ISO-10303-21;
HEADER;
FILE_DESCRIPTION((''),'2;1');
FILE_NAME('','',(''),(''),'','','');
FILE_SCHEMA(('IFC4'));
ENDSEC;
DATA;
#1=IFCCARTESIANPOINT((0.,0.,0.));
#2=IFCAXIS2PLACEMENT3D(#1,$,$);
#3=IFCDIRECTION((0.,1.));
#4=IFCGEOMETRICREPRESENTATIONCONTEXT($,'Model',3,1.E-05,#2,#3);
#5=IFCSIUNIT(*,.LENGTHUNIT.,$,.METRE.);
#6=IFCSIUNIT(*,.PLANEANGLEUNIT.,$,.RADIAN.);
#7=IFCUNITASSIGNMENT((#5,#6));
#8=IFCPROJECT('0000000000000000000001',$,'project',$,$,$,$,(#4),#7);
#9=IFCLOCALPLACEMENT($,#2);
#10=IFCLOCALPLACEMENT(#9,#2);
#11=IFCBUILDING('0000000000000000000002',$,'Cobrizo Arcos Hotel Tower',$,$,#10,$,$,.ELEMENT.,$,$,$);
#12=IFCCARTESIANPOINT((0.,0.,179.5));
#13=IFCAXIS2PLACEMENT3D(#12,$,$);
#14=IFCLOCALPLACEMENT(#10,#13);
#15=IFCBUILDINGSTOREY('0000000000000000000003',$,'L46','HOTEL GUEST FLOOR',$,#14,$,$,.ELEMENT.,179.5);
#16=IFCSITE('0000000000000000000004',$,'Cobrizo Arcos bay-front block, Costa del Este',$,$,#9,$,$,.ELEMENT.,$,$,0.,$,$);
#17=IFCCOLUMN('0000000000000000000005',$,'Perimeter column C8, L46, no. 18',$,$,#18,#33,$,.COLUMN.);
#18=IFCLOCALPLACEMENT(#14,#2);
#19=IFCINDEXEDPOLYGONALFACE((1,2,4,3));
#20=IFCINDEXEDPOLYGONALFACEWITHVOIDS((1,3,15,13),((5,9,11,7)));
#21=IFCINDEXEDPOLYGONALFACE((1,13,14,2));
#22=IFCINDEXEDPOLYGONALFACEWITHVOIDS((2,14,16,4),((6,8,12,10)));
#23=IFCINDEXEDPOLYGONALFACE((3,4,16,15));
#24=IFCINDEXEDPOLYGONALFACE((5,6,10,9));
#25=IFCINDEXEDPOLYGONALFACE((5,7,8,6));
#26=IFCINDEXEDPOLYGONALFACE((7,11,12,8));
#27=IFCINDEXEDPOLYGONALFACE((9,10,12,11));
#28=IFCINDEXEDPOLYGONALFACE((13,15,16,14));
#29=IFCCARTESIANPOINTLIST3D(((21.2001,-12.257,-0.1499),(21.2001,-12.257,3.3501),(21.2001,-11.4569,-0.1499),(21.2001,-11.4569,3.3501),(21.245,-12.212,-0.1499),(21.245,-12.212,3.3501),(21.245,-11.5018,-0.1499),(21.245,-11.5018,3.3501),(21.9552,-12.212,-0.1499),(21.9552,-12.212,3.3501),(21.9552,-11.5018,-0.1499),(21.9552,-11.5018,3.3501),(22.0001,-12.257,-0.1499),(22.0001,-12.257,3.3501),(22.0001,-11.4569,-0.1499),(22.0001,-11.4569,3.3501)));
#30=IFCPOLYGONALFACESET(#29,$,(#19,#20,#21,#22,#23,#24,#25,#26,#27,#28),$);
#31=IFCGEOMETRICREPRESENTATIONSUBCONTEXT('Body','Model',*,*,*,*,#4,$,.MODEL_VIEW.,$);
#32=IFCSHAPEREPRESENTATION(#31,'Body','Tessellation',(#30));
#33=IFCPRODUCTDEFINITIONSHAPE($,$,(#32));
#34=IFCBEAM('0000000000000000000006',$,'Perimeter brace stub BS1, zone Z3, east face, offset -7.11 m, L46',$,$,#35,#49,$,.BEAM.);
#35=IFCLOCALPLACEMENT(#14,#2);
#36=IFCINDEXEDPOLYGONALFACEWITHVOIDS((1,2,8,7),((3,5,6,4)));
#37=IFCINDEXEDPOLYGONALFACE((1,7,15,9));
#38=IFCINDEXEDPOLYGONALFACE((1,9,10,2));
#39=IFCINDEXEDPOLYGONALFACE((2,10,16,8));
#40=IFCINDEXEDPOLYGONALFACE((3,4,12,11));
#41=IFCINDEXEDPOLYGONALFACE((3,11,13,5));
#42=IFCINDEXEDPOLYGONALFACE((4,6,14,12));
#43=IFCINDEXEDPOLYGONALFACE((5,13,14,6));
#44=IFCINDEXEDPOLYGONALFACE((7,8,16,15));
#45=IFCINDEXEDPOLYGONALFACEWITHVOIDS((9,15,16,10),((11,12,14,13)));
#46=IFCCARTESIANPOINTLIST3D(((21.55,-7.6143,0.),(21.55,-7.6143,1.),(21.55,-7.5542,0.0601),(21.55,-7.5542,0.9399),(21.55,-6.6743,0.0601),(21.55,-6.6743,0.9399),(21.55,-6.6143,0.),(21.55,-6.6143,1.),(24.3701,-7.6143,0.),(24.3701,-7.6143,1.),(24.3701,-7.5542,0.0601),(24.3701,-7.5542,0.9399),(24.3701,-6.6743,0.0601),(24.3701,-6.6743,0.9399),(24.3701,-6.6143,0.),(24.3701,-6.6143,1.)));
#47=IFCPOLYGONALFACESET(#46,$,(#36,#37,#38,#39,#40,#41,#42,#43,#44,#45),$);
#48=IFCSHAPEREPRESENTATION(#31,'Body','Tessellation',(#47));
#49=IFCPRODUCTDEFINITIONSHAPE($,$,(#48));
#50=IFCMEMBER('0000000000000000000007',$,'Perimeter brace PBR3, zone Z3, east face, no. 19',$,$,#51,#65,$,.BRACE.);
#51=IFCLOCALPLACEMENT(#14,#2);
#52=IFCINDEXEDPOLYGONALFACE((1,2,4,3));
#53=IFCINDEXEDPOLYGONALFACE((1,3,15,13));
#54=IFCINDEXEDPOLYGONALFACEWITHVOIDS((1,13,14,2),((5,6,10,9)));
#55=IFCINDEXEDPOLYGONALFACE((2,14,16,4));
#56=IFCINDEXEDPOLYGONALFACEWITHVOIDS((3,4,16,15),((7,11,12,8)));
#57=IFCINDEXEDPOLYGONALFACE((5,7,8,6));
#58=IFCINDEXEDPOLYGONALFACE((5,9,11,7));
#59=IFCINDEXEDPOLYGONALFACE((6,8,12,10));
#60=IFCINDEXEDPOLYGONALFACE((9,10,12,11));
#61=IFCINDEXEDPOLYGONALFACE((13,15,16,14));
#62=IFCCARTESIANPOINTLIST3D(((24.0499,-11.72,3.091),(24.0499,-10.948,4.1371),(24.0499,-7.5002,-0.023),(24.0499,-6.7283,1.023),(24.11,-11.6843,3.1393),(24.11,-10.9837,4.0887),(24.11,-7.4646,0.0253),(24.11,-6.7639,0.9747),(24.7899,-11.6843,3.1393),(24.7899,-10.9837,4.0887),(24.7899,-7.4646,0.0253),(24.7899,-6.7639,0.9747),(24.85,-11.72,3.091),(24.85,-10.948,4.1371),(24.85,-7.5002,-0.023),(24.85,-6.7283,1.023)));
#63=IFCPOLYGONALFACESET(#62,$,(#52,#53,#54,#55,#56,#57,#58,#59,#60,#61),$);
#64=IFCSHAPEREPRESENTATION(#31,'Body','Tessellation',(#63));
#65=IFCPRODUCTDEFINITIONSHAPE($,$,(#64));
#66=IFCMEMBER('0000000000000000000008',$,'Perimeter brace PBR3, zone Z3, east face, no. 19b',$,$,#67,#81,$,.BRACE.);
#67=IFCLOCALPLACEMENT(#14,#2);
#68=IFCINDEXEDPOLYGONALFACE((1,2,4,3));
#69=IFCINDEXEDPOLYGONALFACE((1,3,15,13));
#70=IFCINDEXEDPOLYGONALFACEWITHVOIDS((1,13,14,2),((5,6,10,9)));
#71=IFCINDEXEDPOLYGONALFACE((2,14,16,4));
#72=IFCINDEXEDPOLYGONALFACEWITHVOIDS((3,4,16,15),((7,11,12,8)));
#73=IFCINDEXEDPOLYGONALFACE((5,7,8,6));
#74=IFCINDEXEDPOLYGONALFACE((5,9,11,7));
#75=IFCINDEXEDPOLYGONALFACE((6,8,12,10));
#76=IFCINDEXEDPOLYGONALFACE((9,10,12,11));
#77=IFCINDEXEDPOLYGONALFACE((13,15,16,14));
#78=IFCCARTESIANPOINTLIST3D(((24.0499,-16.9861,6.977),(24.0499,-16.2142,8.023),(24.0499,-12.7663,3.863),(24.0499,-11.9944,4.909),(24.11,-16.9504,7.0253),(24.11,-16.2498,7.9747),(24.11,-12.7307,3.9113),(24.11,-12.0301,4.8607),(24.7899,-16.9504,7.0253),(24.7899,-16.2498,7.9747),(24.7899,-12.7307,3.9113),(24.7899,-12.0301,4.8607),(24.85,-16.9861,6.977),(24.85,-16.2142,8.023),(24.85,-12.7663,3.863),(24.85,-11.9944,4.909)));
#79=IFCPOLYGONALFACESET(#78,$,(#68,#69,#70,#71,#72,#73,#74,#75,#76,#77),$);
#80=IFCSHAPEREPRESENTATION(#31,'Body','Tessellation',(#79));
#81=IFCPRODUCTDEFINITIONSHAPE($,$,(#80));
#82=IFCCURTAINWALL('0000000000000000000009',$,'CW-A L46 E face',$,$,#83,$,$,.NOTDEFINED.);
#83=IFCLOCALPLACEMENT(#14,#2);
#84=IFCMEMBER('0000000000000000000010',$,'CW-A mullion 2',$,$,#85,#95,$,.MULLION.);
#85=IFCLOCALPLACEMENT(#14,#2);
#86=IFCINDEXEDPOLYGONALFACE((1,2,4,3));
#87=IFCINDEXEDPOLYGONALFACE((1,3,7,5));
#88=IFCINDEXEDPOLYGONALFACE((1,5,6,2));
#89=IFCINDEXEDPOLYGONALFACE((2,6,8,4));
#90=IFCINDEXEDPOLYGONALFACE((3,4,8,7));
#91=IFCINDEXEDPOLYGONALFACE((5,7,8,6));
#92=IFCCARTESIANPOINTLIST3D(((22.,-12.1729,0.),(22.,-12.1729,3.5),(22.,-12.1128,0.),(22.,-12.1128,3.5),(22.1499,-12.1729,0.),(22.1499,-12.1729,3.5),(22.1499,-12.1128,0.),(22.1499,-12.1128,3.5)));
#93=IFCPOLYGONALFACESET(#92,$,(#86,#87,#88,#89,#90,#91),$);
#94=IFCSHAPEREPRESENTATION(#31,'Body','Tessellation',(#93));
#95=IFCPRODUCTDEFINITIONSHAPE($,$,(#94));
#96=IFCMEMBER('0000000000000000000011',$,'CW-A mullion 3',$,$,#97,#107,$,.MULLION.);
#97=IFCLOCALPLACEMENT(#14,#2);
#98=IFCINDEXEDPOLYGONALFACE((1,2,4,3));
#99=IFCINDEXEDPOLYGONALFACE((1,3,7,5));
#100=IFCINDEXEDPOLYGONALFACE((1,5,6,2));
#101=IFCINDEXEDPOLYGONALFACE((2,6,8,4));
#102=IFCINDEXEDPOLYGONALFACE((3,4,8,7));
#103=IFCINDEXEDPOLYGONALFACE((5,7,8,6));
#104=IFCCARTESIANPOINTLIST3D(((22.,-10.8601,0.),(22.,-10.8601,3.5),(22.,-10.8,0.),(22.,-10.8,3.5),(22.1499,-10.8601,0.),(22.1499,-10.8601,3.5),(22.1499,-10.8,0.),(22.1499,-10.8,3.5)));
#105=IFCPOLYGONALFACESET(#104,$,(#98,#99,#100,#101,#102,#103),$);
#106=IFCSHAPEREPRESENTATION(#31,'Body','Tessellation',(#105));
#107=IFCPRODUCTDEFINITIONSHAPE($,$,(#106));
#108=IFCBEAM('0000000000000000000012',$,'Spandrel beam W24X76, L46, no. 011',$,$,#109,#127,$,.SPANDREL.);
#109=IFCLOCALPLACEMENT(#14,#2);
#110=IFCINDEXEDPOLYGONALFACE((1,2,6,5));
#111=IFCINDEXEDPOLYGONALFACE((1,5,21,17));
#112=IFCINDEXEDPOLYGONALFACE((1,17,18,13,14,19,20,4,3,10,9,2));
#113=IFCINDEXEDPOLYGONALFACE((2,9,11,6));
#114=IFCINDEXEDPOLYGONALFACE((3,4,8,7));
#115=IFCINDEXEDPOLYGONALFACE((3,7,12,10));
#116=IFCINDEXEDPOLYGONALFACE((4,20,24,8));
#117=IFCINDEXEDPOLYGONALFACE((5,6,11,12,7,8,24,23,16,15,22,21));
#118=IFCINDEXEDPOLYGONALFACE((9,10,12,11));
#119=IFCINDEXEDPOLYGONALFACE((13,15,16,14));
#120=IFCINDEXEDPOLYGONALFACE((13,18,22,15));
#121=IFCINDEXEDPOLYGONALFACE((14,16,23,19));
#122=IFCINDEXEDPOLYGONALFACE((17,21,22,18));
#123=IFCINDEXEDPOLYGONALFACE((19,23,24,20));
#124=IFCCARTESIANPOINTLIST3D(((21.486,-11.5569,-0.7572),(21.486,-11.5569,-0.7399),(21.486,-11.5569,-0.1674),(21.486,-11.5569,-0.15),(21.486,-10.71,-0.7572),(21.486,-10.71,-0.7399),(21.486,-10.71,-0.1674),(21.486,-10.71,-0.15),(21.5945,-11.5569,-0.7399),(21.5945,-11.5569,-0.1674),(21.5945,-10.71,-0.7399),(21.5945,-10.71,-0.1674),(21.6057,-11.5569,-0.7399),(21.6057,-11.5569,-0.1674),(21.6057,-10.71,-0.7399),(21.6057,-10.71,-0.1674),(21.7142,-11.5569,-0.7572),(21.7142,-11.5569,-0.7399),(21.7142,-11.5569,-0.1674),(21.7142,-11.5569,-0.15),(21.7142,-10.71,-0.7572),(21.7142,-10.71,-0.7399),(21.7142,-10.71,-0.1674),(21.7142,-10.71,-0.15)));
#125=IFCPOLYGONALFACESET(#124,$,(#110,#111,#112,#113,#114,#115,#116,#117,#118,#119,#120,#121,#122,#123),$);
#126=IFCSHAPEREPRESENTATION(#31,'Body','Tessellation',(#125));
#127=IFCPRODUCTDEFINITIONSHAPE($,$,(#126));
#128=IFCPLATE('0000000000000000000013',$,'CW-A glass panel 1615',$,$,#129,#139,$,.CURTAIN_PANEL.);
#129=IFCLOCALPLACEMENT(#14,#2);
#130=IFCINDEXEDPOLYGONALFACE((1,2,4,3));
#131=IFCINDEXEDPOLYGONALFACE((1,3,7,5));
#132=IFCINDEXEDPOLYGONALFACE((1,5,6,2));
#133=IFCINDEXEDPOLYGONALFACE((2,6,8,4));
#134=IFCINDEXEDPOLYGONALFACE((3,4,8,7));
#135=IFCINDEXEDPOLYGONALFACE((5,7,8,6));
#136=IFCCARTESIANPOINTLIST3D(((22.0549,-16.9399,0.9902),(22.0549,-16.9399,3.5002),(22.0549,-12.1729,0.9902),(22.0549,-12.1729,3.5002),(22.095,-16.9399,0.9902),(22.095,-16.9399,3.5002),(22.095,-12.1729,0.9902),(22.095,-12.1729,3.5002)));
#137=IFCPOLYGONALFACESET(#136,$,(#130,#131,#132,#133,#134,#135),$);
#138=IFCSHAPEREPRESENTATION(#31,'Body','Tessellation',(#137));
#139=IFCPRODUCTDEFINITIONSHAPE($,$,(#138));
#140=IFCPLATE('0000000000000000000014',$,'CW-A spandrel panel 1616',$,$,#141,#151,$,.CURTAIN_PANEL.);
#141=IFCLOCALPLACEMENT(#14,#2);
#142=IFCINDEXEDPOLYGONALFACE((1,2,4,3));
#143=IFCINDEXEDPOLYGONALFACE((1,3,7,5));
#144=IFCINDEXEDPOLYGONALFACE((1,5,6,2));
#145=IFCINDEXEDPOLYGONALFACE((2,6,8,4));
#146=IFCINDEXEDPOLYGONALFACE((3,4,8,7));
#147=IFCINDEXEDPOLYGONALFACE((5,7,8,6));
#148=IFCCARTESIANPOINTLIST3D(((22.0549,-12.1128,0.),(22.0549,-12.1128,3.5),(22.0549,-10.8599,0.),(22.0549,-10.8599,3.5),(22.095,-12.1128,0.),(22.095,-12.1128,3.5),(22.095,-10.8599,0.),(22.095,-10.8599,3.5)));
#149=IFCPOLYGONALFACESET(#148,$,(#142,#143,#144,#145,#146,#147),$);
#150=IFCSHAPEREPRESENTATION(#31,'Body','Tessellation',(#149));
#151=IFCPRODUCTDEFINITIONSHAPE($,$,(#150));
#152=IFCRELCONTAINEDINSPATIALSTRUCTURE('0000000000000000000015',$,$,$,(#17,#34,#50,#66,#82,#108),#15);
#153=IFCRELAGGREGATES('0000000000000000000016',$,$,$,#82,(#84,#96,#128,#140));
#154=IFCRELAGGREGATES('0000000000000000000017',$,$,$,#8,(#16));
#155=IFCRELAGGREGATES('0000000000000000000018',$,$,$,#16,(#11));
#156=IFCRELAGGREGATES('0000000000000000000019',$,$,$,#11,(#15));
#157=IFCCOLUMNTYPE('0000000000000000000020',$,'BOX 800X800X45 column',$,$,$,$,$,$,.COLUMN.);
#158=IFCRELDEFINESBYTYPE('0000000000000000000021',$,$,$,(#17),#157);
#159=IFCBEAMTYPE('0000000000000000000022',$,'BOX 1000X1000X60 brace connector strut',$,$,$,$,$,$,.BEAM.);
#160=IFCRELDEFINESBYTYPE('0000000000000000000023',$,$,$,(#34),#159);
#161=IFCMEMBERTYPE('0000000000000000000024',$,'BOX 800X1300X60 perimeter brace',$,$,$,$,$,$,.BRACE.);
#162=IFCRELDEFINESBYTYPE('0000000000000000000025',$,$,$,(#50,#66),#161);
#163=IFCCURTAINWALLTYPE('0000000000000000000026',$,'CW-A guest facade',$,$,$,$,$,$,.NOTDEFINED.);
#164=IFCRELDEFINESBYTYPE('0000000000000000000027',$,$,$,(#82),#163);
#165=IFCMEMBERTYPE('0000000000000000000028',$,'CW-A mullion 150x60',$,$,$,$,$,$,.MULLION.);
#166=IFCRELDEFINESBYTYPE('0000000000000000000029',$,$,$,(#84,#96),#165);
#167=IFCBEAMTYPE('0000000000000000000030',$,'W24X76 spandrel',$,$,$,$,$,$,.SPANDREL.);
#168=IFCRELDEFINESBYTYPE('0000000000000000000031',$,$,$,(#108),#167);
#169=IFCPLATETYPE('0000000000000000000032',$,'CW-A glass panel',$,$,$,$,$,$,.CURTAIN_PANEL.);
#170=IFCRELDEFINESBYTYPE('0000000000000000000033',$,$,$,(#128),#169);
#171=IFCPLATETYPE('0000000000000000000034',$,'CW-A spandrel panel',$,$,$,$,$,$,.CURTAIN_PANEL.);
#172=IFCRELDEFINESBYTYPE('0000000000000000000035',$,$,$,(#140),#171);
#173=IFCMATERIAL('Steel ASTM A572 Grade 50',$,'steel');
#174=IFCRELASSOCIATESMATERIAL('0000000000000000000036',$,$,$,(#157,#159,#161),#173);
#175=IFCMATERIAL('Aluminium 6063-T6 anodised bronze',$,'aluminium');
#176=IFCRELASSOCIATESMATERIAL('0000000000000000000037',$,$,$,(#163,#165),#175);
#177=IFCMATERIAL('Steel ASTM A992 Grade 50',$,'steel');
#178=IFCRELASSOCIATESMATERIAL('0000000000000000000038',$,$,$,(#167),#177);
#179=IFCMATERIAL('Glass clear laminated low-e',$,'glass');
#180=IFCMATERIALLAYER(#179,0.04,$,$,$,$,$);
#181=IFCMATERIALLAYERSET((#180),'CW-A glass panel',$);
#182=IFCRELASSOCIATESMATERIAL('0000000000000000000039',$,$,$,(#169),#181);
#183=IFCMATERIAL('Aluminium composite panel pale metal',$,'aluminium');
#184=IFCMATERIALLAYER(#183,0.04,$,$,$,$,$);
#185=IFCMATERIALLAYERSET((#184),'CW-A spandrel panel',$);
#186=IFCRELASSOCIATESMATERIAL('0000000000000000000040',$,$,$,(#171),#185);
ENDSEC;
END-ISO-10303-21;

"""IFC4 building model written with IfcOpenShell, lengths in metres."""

from ifc_helpers import new_model, si_unit, direction, frame, origin, origin_2d, place, context, subcontext, project, spatial, rectangle, hollow_rectangle, i_section, extrude, material, layer, layer_set, material_profile, profile_set, type_object, element, aggregate, save


model = new_model("IFC4")

# Units and contexts
model_context = context("Model", 3, precision=1e-05, world=origin(), true_north=direction((0.0, 1.0)))
body_context = subcontext(model_context, "Body", "Model", "MODEL_VIEW")
ifc_project = project(units=[si_unit("LENGTHUNIT", "METRE"), si_unit("PLANEANGLEUNIT", "RADIAN")], contexts=[model_context])

# Site, building, storey
site_placement = place(None, origin())
site = spatial("IfcSite", under=ifc_project, at=site_placement, Name="Cobrizo Arcos bay-front block, Costa del Este", CompositionType="ELEMENT", RefElevation=0.0)
building_placement = place(site_placement, origin())
building = spatial("IfcBuilding", under=site, at=building_placement, Name="Cobrizo Arcos Hotel Tower", CompositionType="ELEMENT")
storey_placement = place(building_placement, frame((0.0, 0.0, 179.5)))
storey = spatial("IfcBuildingStorey", under=building, at=storey_placement, Name="L46", Description="HOTEL GUEST FLOOR", CompositionType="ELEMENT", Elevation=179.5)

# Column
ifc_material_1 = material(Name="Steel ASTM A572 Grade 50", Category="steel")
ifc_material_profile_1 = material_profile(ifc_material_1, hollow_rectangle(XDim=0.8, YDim=0.8, WallThickness=0.0449, at=origin_2d()), Name="BOX 800X800X45")
ifc_profile_set_1 = profile_set([ifc_material_profile_1], Name="Steel ASTM A572 Grade 50")
column_type = type_object("IfcColumnType", Name="BOX 800X800X45 column", PredefinedType="COLUMN", material=ifc_profile_set_1)
column_placement = place(storey_placement, frame((21.6001, -11.8569, -0.1499), z_axis=(0.0, 0.0, 1.0), x_axis=(1.0, 0.0, 0.0)))
element("IfcColumn", 1, at=column_placement, inside=storey, type_object=column_type, Name="Perimeter column C8, L46, no. 18", PredefinedType="COLUMN", context=body_context, shape_type="SweptSolid", body=[
    extrude(hollow_rectangle(XDim=0.8, YDim=0.8, WallThickness=0.0449, at=origin_2d()), origin(), (0.0, 0.0, 1.0), 3.5),
])

# Beam
ifc_material_profile_2 = material_profile(ifc_material_1, hollow_rectangle(XDim=1.0, YDim=1.0, WallThickness=0.0601, at=origin_2d()), Name="BOX 1000X1000X60")
ifc_profile_set_2 = profile_set([ifc_material_profile_2], Name="Steel ASTM A572 Grade 50")
beam_type_1 = type_object("IfcBeamType", Name="BOX 1000X1000X60 brace connector strut", PredefinedType="BEAM", material=ifc_profile_set_2)
beam_1_placement = place(storey_placement, frame((21.55, -7.1143, 0.5), z_axis=(1.0, 0.0, 0.0), x_axis=(0.0, 1.0, 0.0)))
element("IfcBeam", 2, at=beam_1_placement, inside=storey, type_object=beam_type_1, Name="Perimeter brace stub BS1, zone Z3, east face, offset -7.11 m, L46", PredefinedType="BEAM", context=body_context, shape_type="SweptSolid", body=[
    extrude(hollow_rectangle(XDim=1.0, YDim=1.0, WallThickness=0.0601, at=origin_2d()), origin(), (0.0, 0.0, 1.0), 2.8201),
])

# Members
ifc_material_profile_3 = material_profile(ifc_material_1, hollow_rectangle(XDim=0.8, YDim=1.3, WallThickness=0.0601, at=origin_2d()), Name="BOX 800X1300X60")
ifc_profile_set_3 = profile_set([ifc_material_profile_3], Name="Steel ASTM A572 Grade 50")
member_type_1 = type_object("IfcMemberType", Name="BOX 800X1300X60 perimeter brace", PredefinedType="BRACE", material=ifc_profile_set_3)
for number, where, z_axis, x_axis, name in (
    (3, (24.45, -7.1143, 0.5), (0.0, -0.804624, 0.593785), (1.0, 0.0, 0.0), "Perimeter brace PBR3, zone Z3, east face, no. 19"),
    (4, (24.45, -12.3804, 4.386), (0.0, -0.804624, 0.593785), (1.0, 0.0, 0.0), "Perimeter brace PBR3, zone Z3, east face, no. 19b"),
):
    element("IfcMember", number, at=place(storey_placement, frame(where, z_axis=z_axis, x_axis=x_axis)), inside=storey, type_object=member_type_1, Name=name, PredefinedType="BRACE", context=body_context, shape_type="SweptSolid", body=[
        extrude(hollow_rectangle(XDim=0.8, YDim=1.3, WallThickness=0.0601, at=origin_2d()), origin(), (0.0, 0.0, 1.0), 5.2444),
    ])

# Curtain wall, members
ifc_material_2 = material(Name="Aluminium 6063-T6 anodised bronze", Category="aluminium")
curtain_wall_type = type_object("IfcCurtainWallType", Name="CW-A guest facade", PredefinedType="NOTDEFINED", material=ifc_material_2)
curtain_wall_placement = place(storey_placement, origin())
curtain_wall = element("IfcCurtainWall", 5, at=curtain_wall_placement, inside=storey, type_object=curtain_wall_type, Name="CW-A L46 E face", PredefinedType="NOTDEFINED")
ifc_material_profile_4 = material_profile(ifc_material_2, rectangle(XDim=0.1499, YDim=0.0601, at=origin_2d()), Name="CW-A mullion 150x60")
ifc_profile_set_4 = profile_set([ifc_material_profile_4], Name="Aluminium 6063-T6 anodised bronze")
member_type_2 = type_object("IfcMemberType", Name="CW-A mullion 150x60", PredefinedType="MULLION", material=ifc_profile_set_4)
member_1_placement = place(storey_placement, frame((22.075, -12.1428, 0.0), z_axis=(0.0, 0.0, 1.0), x_axis=(1.0, 0.0, 0.0)))
member_1 = element("IfcMember", 6, at=member_1_placement, type_object=member_type_2, Name="CW-A mullion 2", PredefinedType="MULLION", context=body_context, shape_type="SweptSolid", body=[
    extrude(rectangle(XDim=0.1499, YDim=0.0601, at=origin_2d()), origin(), (0.0, 0.0, 1.0), 3.5),
])
member_2_placement = place(storey_placement, frame((22.075, -10.8301, 0.0), z_axis=(0.0, 0.0, 1.0), x_axis=(1.0, 0.0, 0.0)))
member_2 = element("IfcMember", 7, at=member_2_placement, type_object=member_type_2, Name="CW-A mullion 3", PredefinedType="MULLION", context=body_context, shape_type="SweptSolid", body=[
    extrude(rectangle(XDim=0.1499, YDim=0.0601, at=origin_2d()), origin(), (0.0, 0.0, 1.0), 3.5),
])

# Beam
ifc_material_3 = material(Name="Steel ASTM A992 Grade 50", Category="steel")
ifc_material_profile_5 = material_profile(ifc_material_3, i_section(OverallWidth=0.2283, OverallDepth=0.6072, WebThickness=0.0112, FlangeThickness=0.0173, at=origin_2d()), Name="W24X76")
ifc_profile_set_5 = profile_set([ifc_material_profile_5], Name="Steel ASTM A992 Grade 50")
beam_type_2 = type_object("IfcBeamType", Name="W24X76 spandrel", PredefinedType="SPANDREL", material=ifc_profile_set_5)
beam_2_placement = place(storey_placement, frame((21.6001, -11.5569, -0.4536), z_axis=(0.0, 1.0, 0.0), x_axis=(-1.0, 0.0, 0.0)))
element("IfcBeam", 8, at=beam_2_placement, inside=storey, type_object=beam_type_2, Name="Spandrel beam W24X76, L46, no. 011", PredefinedType="SPANDREL", context=body_context, shape_type="SweptSolid", body=[
    extrude(i_section(OverallWidth=0.2283, OverallDepth=0.6072, WebThickness=0.0112, FlangeThickness=0.0173, at=origin_2d()), origin(), (0.0, 0.0, 1.0), 0.8469),
])

# Plates
ifc_material_4 = material(Name="Glass clear laminated low-e", Category="glass")
ifc_layer_1 = layer(ifc_material_4, 0.04)
ifc_layer_set_1 = layer_set([ifc_layer_1], Name="CW-A glass panel")
plate_type_1 = type_object("IfcPlateType", Name="CW-A glass panel", PredefinedType="CURTAIN_PANEL", material=ifc_layer_set_1)
plate_1_placement = place(storey_placement, frame((22.075, -14.5564, 0.9902), z_axis=(0.0, 0.0, 1.0), x_axis=(0.0, 1.0, 0.0)))
plate_1 = element("IfcPlate", 9, at=plate_1_placement, type_object=plate_type_1, Name="CW-A glass panel 1615", PredefinedType="CURTAIN_PANEL", context=body_context, shape_type="SweptSolid", body=[
    extrude(rectangle(XDim=4.7671, YDim=0.04, at=origin_2d()), origin(), (0.0, 0.0, 1.0), 2.51),
])
ifc_material_5 = material(Name="Aluminium composite panel pale metal", Category="aluminium")
ifc_layer_2 = layer(ifc_material_5, 0.04)
ifc_layer_set_2 = layer_set([ifc_layer_2], Name="CW-A spandrel panel")
plate_type_2 = type_object("IfcPlateType", Name="CW-A spandrel panel", PredefinedType="CURTAIN_PANEL", material=ifc_layer_set_2)
plate_2_placement = place(storey_placement, frame((22.075, -11.4863, 0.0), z_axis=(0.0, 0.0, 1.0), x_axis=(0.0, 1.0, 0.0)))
plate_2 = element("IfcPlate", 10, at=plate_2_placement, type_object=plate_type_2, Name="CW-A spandrel panel 1616", PredefinedType="CURTAIN_PANEL", context=body_context, shape_type="SweptSolid", body=[
    extrude(rectangle(XDim=1.2529, YDim=0.04, at=origin_2d()), origin(), (0.0, 0.0, 1.0), 3.5),
])
aggregate(curtain_wall, [member_1, member_2, plate_1, plate_2])

save(model, "model.ifc")
